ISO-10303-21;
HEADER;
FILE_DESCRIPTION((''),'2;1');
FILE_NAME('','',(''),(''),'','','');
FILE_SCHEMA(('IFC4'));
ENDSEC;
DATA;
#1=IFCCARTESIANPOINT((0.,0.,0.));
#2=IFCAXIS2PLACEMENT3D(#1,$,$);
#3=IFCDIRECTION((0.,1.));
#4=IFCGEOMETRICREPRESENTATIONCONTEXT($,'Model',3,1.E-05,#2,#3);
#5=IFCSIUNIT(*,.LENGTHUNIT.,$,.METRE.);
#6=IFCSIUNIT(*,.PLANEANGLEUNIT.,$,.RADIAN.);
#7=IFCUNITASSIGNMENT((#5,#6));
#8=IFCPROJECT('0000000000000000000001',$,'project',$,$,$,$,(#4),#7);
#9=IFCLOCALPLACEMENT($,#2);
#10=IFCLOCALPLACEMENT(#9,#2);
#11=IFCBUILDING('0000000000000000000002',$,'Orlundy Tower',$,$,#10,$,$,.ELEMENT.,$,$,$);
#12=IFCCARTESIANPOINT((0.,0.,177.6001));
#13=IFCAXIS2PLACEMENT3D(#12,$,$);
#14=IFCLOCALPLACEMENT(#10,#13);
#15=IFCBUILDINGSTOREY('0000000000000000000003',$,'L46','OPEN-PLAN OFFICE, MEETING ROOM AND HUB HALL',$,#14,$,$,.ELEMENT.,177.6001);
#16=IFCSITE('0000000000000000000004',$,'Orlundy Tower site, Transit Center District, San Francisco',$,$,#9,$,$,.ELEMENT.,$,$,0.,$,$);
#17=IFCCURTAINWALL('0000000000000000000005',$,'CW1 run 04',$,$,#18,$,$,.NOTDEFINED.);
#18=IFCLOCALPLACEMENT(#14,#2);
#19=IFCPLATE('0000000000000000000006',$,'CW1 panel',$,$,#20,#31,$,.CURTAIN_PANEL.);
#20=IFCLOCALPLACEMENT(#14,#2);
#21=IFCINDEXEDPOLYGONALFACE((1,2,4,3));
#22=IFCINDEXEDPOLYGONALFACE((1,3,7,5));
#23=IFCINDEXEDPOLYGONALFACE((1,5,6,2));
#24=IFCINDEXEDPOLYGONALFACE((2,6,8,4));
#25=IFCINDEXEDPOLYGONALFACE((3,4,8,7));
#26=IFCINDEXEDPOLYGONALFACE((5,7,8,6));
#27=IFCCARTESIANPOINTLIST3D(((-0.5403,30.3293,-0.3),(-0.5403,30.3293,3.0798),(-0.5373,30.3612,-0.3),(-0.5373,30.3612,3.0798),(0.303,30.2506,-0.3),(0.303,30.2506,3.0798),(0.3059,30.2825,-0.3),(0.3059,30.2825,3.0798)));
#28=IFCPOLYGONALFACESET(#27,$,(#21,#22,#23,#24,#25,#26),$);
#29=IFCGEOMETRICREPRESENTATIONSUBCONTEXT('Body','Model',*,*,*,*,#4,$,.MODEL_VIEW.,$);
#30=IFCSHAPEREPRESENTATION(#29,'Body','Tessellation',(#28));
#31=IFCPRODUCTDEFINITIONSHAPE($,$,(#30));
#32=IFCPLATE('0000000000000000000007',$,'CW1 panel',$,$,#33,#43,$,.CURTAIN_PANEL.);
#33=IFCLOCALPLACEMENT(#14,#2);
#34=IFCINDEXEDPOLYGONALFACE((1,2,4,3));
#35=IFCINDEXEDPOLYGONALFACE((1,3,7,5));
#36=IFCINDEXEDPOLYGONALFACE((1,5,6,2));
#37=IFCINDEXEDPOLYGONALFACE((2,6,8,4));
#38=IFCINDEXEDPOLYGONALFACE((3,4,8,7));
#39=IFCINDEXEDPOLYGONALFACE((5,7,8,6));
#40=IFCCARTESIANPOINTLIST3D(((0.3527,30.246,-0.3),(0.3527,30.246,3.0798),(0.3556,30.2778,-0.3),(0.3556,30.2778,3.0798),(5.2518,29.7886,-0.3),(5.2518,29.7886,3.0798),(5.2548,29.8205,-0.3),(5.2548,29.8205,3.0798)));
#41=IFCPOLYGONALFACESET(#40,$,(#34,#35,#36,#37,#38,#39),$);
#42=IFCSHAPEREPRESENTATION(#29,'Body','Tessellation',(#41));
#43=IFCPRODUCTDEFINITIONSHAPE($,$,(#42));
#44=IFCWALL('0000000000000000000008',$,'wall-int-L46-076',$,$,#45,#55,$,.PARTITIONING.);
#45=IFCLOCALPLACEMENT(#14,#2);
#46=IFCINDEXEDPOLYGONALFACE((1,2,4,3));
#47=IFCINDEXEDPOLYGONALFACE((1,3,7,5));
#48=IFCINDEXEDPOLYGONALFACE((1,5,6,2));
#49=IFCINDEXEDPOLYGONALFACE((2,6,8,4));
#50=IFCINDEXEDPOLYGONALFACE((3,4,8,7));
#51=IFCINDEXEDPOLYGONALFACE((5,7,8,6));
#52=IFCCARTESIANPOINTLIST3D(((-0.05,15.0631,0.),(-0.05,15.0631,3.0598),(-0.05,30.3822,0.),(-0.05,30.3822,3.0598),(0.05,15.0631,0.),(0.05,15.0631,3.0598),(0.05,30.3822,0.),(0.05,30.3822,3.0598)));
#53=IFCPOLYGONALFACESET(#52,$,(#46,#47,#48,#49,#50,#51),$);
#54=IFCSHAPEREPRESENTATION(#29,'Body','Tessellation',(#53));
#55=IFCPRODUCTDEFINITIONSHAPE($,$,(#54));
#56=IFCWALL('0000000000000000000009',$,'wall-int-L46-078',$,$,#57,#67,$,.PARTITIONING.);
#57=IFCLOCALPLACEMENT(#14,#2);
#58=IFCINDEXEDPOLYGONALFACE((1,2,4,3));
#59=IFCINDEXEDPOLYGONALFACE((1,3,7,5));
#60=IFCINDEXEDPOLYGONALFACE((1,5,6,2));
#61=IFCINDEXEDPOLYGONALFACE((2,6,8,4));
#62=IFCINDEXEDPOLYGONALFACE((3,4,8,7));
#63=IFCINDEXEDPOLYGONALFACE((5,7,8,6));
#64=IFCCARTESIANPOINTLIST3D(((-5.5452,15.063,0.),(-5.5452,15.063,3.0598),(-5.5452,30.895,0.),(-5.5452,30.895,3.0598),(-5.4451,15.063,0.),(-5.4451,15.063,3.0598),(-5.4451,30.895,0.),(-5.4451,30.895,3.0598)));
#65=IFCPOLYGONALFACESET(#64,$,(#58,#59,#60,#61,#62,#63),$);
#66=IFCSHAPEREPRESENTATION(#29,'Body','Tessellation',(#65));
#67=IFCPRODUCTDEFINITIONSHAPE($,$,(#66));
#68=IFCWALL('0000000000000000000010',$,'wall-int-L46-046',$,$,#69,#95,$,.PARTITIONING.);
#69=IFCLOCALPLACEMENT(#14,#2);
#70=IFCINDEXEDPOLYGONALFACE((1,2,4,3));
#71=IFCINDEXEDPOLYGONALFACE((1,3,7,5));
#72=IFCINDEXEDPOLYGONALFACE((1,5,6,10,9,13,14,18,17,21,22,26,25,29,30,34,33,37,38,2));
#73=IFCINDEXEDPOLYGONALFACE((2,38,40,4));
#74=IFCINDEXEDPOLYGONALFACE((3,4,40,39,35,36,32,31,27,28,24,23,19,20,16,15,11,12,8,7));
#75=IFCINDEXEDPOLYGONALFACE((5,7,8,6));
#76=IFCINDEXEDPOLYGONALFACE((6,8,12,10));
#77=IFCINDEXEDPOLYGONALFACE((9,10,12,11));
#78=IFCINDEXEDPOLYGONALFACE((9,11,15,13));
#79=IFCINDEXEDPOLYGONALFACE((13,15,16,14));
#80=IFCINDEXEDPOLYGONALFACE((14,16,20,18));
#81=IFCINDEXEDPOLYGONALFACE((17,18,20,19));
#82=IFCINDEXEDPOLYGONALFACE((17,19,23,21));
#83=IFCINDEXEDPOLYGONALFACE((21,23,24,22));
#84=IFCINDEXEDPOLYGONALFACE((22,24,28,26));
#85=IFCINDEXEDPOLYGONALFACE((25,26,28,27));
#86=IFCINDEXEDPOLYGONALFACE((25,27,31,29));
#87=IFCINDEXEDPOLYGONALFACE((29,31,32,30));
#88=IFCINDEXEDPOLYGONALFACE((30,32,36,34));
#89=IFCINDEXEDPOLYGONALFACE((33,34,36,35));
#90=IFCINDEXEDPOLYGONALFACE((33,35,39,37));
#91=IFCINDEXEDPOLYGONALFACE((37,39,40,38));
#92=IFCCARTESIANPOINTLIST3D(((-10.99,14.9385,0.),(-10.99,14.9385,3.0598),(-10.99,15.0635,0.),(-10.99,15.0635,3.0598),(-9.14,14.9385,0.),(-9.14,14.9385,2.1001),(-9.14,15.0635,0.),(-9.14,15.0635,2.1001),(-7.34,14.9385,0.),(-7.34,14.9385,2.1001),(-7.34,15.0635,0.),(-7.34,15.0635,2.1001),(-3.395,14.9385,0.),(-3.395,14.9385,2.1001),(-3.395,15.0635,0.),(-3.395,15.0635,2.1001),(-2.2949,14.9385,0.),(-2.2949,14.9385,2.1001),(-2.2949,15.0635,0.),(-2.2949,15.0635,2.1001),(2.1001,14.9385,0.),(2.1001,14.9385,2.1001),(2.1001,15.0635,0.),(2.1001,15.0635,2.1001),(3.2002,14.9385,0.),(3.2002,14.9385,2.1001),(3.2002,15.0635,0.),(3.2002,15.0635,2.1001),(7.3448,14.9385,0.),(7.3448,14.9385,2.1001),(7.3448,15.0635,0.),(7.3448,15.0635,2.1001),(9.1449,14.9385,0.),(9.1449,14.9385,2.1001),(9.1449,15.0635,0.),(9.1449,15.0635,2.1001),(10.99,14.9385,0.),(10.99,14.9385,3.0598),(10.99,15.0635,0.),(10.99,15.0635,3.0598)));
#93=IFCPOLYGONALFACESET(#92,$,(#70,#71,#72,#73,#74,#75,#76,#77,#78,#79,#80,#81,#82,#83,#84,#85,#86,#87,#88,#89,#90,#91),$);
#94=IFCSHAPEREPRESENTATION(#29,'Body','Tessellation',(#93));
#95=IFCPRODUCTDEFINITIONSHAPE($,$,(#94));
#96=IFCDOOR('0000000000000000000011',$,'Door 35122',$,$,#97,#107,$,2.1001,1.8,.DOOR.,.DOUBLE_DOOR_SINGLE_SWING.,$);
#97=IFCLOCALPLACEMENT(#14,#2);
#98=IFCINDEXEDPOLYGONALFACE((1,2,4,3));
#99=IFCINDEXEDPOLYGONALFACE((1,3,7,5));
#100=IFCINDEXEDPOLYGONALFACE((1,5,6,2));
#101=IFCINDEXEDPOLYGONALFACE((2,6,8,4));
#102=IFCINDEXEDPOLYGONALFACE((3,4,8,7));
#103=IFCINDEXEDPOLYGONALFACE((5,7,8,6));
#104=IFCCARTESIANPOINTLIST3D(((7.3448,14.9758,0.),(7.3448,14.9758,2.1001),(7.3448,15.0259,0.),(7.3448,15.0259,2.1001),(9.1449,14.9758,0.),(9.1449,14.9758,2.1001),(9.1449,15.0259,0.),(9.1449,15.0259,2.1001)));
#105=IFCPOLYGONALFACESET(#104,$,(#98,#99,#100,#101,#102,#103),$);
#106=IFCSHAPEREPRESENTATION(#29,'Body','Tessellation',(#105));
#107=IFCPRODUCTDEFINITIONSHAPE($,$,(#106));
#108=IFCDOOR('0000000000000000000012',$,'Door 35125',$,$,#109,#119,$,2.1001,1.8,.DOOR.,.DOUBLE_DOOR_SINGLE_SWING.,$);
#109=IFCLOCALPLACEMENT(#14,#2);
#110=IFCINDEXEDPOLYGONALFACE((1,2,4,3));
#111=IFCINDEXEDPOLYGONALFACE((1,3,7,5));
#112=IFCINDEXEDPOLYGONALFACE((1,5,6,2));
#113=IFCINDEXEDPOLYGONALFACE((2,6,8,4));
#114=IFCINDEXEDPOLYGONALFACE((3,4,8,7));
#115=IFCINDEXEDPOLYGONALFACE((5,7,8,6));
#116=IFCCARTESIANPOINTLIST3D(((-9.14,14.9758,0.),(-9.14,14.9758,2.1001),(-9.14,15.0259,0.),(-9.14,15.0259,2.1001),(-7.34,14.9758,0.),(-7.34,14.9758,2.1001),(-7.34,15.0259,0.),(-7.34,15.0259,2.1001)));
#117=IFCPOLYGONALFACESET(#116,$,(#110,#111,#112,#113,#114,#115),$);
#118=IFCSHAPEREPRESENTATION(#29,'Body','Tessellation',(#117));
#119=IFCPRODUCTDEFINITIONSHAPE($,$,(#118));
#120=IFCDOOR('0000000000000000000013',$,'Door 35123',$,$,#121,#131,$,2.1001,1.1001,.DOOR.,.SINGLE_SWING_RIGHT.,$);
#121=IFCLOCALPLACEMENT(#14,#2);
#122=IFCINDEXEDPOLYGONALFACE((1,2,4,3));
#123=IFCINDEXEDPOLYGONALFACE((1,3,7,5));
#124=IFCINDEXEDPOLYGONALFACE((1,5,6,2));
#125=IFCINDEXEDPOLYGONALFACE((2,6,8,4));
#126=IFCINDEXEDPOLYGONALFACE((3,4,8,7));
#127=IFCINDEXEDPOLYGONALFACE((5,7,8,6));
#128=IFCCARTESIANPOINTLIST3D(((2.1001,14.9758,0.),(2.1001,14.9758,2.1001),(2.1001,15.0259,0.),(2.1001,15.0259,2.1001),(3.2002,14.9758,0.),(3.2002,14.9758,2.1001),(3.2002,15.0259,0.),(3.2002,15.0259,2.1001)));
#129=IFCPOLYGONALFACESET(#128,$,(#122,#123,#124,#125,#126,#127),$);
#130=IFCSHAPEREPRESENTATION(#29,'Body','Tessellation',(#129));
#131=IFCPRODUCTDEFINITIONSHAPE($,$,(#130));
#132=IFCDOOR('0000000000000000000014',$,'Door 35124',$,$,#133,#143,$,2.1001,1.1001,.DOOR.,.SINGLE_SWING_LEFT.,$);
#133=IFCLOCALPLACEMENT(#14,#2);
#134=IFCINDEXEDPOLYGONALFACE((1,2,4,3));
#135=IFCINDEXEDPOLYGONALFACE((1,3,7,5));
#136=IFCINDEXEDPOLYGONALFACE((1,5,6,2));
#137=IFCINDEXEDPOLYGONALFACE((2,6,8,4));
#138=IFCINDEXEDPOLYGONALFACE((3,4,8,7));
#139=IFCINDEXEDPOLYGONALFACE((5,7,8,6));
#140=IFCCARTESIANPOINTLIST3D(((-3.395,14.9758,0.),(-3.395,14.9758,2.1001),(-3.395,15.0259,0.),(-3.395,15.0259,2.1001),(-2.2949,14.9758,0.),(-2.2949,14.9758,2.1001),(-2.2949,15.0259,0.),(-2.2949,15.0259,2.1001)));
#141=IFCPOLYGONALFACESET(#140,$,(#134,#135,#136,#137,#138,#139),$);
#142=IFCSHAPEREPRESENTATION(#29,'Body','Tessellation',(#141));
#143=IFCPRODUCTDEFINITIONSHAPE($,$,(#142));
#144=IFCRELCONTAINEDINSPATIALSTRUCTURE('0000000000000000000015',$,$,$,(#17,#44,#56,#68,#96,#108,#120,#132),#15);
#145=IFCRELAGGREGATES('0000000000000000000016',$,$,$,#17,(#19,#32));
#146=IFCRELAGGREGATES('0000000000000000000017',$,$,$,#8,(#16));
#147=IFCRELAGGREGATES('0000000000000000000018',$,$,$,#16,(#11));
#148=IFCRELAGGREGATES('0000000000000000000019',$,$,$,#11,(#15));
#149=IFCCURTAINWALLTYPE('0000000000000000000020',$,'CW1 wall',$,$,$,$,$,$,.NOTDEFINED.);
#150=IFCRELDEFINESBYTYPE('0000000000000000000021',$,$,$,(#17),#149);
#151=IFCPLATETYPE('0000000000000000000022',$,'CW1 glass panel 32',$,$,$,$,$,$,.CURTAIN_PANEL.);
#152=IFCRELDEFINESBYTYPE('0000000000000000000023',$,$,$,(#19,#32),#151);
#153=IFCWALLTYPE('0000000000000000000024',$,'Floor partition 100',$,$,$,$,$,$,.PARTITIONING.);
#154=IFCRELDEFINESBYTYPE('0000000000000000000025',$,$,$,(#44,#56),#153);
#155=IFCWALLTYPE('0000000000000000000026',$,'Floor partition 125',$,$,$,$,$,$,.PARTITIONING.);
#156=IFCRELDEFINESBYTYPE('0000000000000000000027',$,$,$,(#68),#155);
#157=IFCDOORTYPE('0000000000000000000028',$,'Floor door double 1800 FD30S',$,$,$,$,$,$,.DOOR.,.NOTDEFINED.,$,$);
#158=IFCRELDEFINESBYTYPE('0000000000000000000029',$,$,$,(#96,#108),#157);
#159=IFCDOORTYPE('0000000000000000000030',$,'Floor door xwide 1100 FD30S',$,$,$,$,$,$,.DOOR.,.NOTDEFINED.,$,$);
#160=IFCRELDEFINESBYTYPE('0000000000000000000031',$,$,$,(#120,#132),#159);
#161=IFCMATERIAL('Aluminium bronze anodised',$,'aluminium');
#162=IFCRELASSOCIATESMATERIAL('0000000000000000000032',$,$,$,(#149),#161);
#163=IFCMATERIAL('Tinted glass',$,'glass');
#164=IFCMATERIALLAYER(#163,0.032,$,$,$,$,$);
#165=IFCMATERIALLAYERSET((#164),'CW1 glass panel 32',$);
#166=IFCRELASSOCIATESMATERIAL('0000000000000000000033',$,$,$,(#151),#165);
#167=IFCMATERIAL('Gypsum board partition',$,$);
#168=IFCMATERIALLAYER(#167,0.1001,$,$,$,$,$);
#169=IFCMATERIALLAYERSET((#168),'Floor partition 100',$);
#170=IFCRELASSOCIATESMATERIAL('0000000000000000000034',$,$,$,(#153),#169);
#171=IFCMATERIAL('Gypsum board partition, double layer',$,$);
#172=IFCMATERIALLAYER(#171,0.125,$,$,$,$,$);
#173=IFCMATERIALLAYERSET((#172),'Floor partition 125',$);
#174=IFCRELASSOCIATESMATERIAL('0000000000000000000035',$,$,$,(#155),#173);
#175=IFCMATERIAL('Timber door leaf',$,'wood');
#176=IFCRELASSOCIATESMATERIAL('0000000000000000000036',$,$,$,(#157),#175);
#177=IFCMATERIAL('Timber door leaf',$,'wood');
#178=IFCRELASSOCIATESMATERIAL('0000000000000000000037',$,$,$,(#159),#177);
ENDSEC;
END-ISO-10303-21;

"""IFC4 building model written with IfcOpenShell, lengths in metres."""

from ifc_helpers import new_model, si_unit, direction, frame, frame_2d, origin, origin_2d, place, context, subcontext, project, spatial, rectangle, extrude, material, layer, layer_set, type_object, element, fill, aggregate, save


model = new_model("IFC4")

# Units and contexts
model_context = context("Model", 3, precision=1e-05, world=origin(), true_north=direction((0.0, 1.0)))
body_context = subcontext(model_context, "Body", "Model", "MODEL_VIEW")
ifc_project = project(units=[si_unit("LENGTHUNIT", "METRE"), si_unit("PLANEANGLEUNIT", "RADIAN")], contexts=[model_context])

# Site, building, storey
site_placement = place(None, origin())
site = spatial("IfcSite", under=ifc_project, at=site_placement, Name="Orlundy Tower site, Transit Center District, San Francisco", CompositionType="ELEMENT", RefElevation=0.0)
building_placement = place(site_placement, origin())
building = spatial("IfcBuilding", under=site, at=building_placement, Name="Orlundy Tower", CompositionType="ELEMENT")
storey_placement = place(building_placement, frame((0.0, 0.0, 177.6001)))
storey = spatial("IfcBuildingStorey", under=building, at=storey_placement, Name="L46", Description="OPEN-PLAN OFFICE, MEETING ROOM AND HUB HALL", CompositionType="ELEMENT", Elevation=177.6001)

# Curtain wall
ifc_material_1 = material(Name="Aluminium bronze anodised", Category="aluminium")
curtain_wall_type = type_object("IfcCurtainWallType", Name="CW1 wall", PredefinedType="NOTDEFINED", material=ifc_material_1)
curtain_wall_1_placement = place(storey_placement, origin())
curtain_wall_1 = element("IfcCurtainWall", 1, at=curtain_wall_1_placement, inside=storey, type_object=curtain_wall_type, Name="CW1 run 04", PredefinedType="NOTDEFINED")

# Plates
ifc_material_2 = material(Name="Tinted glass", Category="glass")
ifc_layer_1 = layer(ifc_material_2, 0.032)
ifc_layer_set_1 = layer_set([ifc_layer_1], Name="CW1 glass panel 32")
plate_type = type_object("IfcPlateType", Name="CW1 glass panel 32", PredefinedType="CURTAIN_PANEL", material=ifc_layer_set_1)
plate_1_placement = place(storey_placement, frame((-0.1172, 30.3059, -0.3), z_axis=(0.0, 0.0, 1.0), x_axis=(0.995671, -0.092948, 0.0)))
plate_1 = element("IfcPlate", 2, at=plate_1_placement, type_object=plate_type, Name="CW1 panel", PredefinedType="CURTAIN_PANEL", context=body_context, shape_type="SweptSolid", body=[
    extrude(rectangle(XDim=0.8469, YDim=0.032, at=origin_2d()), origin(), (0.0, 0.0, 1.0), 3.3799),
])
plate_2_placement = place(storey_placement, frame((2.8037, 30.0332, -0.3), z_axis=(0.0, 0.0, 1.0), x_axis=(0.995671, -0.092948, 0.0)))
plate_2 = element("IfcPlate", 3, at=plate_2_placement, type_object=plate_type, Name="CW1 panel", PredefinedType="CURTAIN_PANEL", context=body_context, shape_type="SweptSolid", body=[
    extrude(rectangle(XDim=4.9204, YDim=0.032, at=origin_2d()), origin(), (0.0, 0.0, 1.0), 3.3799),
])
aggregate(curtain_wall_1, [plate_1, plate_2])

# Walls
ifc_material_3 = material(Name="Gypsum board partition")
ifc_layer_2 = layer(ifc_material_3, 0.1001)
ifc_layer_set_2 = layer_set([ifc_layer_2], Name="Floor partition 100")
wall_type_1 = type_object("IfcWallType", Name="Floor partition 100", PredefinedType="PARTITIONING", material=ifc_layer_set_2)
wall_1_placement = place(storey_placement, frame((0.0, 15.063, 0.0), z_axis=(0.0, 0.0, 1.0), x_axis=(0.0, 1.0, 0.0)))
element("IfcWall", 4, at=wall_1_placement, inside=storey, type_object=wall_type_1, Name="wall-int-L46-076", PredefinedType="PARTITIONING", context=body_context, shape_type="SweptSolid", body=[
    extrude(rectangle(XDim=15.3191, YDim=0.1001, at=frame_2d((7.6597, 0.0))), origin(), (0.0, 0.0, 1.0), 3.0598),
])
wall_2_placement = place(storey_placement, frame((-5.4951, 15.063, 0.0), z_axis=(0.0, 0.0, 1.0), x_axis=(0.0, 1.0, 0.0)))
element("IfcWall", 5, at=wall_2_placement, inside=storey, type_object=wall_type_1, Name="wall-int-L46-078", PredefinedType="PARTITIONING", context=body_context, shape_type="SweptSolid", body=[
    extrude(rectangle(XDim=15.832, YDim=0.1001, at=frame_2d((7.916, 0.0))), origin(), (0.0, 0.0, 1.0), 3.0598),
])

# Wall, openings, doors
ifc_material_4 = material(Name="Gypsum board partition, double layer")
ifc_layer_3 = layer(ifc_material_4, 0.125)
ifc_layer_set_3 = layer_set([ifc_layer_3], Name="Floor partition 125")
wall_type_2 = type_object("IfcWallType", Name="Floor partition 125", PredefinedType="PARTITIONING", material=ifc_layer_set_3)
wall_3_placement = place(storey_placement, frame((-10.99, 15.001, 0.0), z_axis=(0.0, 0.0, 1.0), x_axis=(1.0, 0.0, 0.0)))
wall_3 = element("IfcWall", 6, at=wall_3_placement, inside=storey, type_object=wall_type_2, Name="wall-int-L46-046", PredefinedType="PARTITIONING", context=body_context, shape_type="SweptSolid", body=[
    extrude(rectangle(XDim=21.98, YDim=0.125, at=frame_2d((10.99, 0.0))), origin(), (0.0, 0.0, 1.0), 3.0598),
])
opening_1_placement = place(wall_3_placement, frame((18.335, 0.0, 0.0)))
opening_1 = element("IfcOpeningElement", 7, at=opening_1_placement, cuts=wall_3, PredefinedType="OPENING", context=body_context, shape_type="SweptSolid", body=[
    extrude(rectangle(XDim=1.8, YDim=2.1001, at=frame_2d((0.8999, 1.05))), frame((0.0, 0.0725, 0.0), z_axis=(0.0, -1.0, 0.0), x_axis=(1.0, 0.0, 0.0)), (0.0, 0.0, 1.0), 0.145),
])
opening_2_placement = place(wall_3_placement, frame((13.0901, 0.0, 0.0)))
opening_2 = element("IfcOpeningElement", 8, at=opening_2_placement, cuts=wall_3, PredefinedType="OPENING", context=body_context, shape_type="SweptSolid", body=[
    extrude(rectangle(XDim=1.1001, YDim=2.1001, at=frame_2d((0.55, 1.05))), frame((0.0, 0.0725, 0.0), z_axis=(0.0, -1.0, 0.0), x_axis=(1.0, 0.0, 0.0)), (0.0, 0.0, 1.0), 0.145),
])
opening_3_placement = place(wall_3_placement, frame((7.595, 0.0, 0.0)))
opening_3 = element("IfcOpeningElement", 9, at=opening_3_placement, cuts=wall_3, PredefinedType="OPENING", context=body_context, shape_type="SweptSolid", body=[
    extrude(rectangle(XDim=1.1001, YDim=2.1001, at=frame_2d((0.55, 1.05))), frame((0.0, 0.0725, 0.0), z_axis=(0.0, -1.0, 0.0), x_axis=(1.0, 0.0, 0.0)), (0.0, 0.0, 1.0), 0.145),
])
opening_4_placement = place(wall_3_placement, frame((1.8501, 0.0, 0.0)))
opening_4 = element("IfcOpeningElement", 10, at=opening_4_placement, cuts=wall_3, PredefinedType="OPENING", context=body_context, shape_type="SweptSolid", body=[
    extrude(rectangle(XDim=1.8, YDim=2.1001, at=frame_2d((0.8999, 1.05))), frame((0.0, 0.0725, 0.0), z_axis=(0.0, -1.0, 0.0), x_axis=(1.0, 0.0, 0.0)), (0.0, 0.0, 1.0), 0.145),
])
ifc_material_5 = material(Name="Timber door leaf", Category="wood")
door_type_1 = type_object("IfcDoorType", Name="Floor door double 1800 FD30S", OperationType="NOTDEFINED", PredefinedType="DOOR", material=ifc_material_5)
door_1_placement = place(opening_1_placement, origin())
door_1 = element("IfcDoor", 11, at=door_1_placement, inside=storey, type_object=door_type_1, Name="Door 35122", OperationType="DOUBLE_DOOR_SINGLE_SWING", OverallHeight=2.1001, OverallWidth=1.8, PredefinedType="DOOR", context=body_context, shape_type="SweptSolid", body=[
    extrude(rectangle(XDim=1.8, YDim=2.1001, at=frame_2d((0.8999, 1.05))), frame((0.0, 0.0249, 0.0), z_axis=(0.0, -1.0, 0.0), x_axis=(1.0, 0.0, 0.0)), (0.0, 0.0, 1.0), 0.05),
])
fill(opening_1, door_1)
door_2_placement = place(opening_4_placement, origin())
door_2 = element("IfcDoor", 12, at=door_2_placement, inside=storey, type_object=door_type_1, Name="Door 35125", OperationType="DOUBLE_DOOR_SINGLE_SWING", OverallHeight=2.1001, OverallWidth=1.8, PredefinedType="DOOR", context=body_context, shape_type="SweptSolid", body=[
    extrude(rectangle(XDim=1.8, YDim=2.1001, at=frame_2d((0.8999, 1.05))), frame((0.0, 0.0249, 0.0), z_axis=(0.0, -1.0, 0.0), x_axis=(1.0, 0.0, 0.0)), (0.0, 0.0, 1.0), 0.05),
])
fill(opening_4, door_2)
ifc_material_6 = material(Name="Timber door leaf", Category="wood")
door_type_2 = type_object("IfcDoorType", Name="Floor door xwide 1100 FD30S", OperationType="NOTDEFINED", PredefinedType="DOOR", material=ifc_material_6)
door_3_placement = place(opening_2_placement, origin())
door_3 = element("IfcDoor", 13, at=door_3_placement, inside=storey, type_object=door_type_2, Name="Door 35123", OperationType="SINGLE_SWING_RIGHT", OverallHeight=2.1001, OverallWidth=1.1001, PredefinedType="DOOR", context=body_context, shape_type="SweptSolid", body=[
    extrude(rectangle(XDim=1.1001, YDim=2.1001, at=frame_2d((0.55, 1.05))), frame((0.0, 0.0249, 0.0), z_axis=(0.0, -1.0, 0.0), x_axis=(1.0, 0.0, 0.0)), (0.0, 0.0, 1.0), 0.05),
])
fill(opening_2, door_3)
door_4_placement = place(opening_3_placement, origin())
door_4 = element("IfcDoor", 14, at=door_4_placement, inside=storey, type_object=door_type_2, Name="Door 35124", OperationType="SINGLE_SWING_LEFT", OverallHeight=2.1001, OverallWidth=1.1001, PredefinedType="DOOR", context=body_context, shape_type="SweptSolid", body=[
    extrude(rectangle(XDim=1.1001, YDim=2.1001, at=frame_2d((0.55, 1.05))), frame((0.0, 0.0249, 0.0), z_axis=(0.0, -1.0, 0.0), x_axis=(1.0, 0.0, 0.0)), (0.0, 0.0, 1.0), 0.05),
])
fill(opening_3, door_4)

save(model, "model.ifc")
